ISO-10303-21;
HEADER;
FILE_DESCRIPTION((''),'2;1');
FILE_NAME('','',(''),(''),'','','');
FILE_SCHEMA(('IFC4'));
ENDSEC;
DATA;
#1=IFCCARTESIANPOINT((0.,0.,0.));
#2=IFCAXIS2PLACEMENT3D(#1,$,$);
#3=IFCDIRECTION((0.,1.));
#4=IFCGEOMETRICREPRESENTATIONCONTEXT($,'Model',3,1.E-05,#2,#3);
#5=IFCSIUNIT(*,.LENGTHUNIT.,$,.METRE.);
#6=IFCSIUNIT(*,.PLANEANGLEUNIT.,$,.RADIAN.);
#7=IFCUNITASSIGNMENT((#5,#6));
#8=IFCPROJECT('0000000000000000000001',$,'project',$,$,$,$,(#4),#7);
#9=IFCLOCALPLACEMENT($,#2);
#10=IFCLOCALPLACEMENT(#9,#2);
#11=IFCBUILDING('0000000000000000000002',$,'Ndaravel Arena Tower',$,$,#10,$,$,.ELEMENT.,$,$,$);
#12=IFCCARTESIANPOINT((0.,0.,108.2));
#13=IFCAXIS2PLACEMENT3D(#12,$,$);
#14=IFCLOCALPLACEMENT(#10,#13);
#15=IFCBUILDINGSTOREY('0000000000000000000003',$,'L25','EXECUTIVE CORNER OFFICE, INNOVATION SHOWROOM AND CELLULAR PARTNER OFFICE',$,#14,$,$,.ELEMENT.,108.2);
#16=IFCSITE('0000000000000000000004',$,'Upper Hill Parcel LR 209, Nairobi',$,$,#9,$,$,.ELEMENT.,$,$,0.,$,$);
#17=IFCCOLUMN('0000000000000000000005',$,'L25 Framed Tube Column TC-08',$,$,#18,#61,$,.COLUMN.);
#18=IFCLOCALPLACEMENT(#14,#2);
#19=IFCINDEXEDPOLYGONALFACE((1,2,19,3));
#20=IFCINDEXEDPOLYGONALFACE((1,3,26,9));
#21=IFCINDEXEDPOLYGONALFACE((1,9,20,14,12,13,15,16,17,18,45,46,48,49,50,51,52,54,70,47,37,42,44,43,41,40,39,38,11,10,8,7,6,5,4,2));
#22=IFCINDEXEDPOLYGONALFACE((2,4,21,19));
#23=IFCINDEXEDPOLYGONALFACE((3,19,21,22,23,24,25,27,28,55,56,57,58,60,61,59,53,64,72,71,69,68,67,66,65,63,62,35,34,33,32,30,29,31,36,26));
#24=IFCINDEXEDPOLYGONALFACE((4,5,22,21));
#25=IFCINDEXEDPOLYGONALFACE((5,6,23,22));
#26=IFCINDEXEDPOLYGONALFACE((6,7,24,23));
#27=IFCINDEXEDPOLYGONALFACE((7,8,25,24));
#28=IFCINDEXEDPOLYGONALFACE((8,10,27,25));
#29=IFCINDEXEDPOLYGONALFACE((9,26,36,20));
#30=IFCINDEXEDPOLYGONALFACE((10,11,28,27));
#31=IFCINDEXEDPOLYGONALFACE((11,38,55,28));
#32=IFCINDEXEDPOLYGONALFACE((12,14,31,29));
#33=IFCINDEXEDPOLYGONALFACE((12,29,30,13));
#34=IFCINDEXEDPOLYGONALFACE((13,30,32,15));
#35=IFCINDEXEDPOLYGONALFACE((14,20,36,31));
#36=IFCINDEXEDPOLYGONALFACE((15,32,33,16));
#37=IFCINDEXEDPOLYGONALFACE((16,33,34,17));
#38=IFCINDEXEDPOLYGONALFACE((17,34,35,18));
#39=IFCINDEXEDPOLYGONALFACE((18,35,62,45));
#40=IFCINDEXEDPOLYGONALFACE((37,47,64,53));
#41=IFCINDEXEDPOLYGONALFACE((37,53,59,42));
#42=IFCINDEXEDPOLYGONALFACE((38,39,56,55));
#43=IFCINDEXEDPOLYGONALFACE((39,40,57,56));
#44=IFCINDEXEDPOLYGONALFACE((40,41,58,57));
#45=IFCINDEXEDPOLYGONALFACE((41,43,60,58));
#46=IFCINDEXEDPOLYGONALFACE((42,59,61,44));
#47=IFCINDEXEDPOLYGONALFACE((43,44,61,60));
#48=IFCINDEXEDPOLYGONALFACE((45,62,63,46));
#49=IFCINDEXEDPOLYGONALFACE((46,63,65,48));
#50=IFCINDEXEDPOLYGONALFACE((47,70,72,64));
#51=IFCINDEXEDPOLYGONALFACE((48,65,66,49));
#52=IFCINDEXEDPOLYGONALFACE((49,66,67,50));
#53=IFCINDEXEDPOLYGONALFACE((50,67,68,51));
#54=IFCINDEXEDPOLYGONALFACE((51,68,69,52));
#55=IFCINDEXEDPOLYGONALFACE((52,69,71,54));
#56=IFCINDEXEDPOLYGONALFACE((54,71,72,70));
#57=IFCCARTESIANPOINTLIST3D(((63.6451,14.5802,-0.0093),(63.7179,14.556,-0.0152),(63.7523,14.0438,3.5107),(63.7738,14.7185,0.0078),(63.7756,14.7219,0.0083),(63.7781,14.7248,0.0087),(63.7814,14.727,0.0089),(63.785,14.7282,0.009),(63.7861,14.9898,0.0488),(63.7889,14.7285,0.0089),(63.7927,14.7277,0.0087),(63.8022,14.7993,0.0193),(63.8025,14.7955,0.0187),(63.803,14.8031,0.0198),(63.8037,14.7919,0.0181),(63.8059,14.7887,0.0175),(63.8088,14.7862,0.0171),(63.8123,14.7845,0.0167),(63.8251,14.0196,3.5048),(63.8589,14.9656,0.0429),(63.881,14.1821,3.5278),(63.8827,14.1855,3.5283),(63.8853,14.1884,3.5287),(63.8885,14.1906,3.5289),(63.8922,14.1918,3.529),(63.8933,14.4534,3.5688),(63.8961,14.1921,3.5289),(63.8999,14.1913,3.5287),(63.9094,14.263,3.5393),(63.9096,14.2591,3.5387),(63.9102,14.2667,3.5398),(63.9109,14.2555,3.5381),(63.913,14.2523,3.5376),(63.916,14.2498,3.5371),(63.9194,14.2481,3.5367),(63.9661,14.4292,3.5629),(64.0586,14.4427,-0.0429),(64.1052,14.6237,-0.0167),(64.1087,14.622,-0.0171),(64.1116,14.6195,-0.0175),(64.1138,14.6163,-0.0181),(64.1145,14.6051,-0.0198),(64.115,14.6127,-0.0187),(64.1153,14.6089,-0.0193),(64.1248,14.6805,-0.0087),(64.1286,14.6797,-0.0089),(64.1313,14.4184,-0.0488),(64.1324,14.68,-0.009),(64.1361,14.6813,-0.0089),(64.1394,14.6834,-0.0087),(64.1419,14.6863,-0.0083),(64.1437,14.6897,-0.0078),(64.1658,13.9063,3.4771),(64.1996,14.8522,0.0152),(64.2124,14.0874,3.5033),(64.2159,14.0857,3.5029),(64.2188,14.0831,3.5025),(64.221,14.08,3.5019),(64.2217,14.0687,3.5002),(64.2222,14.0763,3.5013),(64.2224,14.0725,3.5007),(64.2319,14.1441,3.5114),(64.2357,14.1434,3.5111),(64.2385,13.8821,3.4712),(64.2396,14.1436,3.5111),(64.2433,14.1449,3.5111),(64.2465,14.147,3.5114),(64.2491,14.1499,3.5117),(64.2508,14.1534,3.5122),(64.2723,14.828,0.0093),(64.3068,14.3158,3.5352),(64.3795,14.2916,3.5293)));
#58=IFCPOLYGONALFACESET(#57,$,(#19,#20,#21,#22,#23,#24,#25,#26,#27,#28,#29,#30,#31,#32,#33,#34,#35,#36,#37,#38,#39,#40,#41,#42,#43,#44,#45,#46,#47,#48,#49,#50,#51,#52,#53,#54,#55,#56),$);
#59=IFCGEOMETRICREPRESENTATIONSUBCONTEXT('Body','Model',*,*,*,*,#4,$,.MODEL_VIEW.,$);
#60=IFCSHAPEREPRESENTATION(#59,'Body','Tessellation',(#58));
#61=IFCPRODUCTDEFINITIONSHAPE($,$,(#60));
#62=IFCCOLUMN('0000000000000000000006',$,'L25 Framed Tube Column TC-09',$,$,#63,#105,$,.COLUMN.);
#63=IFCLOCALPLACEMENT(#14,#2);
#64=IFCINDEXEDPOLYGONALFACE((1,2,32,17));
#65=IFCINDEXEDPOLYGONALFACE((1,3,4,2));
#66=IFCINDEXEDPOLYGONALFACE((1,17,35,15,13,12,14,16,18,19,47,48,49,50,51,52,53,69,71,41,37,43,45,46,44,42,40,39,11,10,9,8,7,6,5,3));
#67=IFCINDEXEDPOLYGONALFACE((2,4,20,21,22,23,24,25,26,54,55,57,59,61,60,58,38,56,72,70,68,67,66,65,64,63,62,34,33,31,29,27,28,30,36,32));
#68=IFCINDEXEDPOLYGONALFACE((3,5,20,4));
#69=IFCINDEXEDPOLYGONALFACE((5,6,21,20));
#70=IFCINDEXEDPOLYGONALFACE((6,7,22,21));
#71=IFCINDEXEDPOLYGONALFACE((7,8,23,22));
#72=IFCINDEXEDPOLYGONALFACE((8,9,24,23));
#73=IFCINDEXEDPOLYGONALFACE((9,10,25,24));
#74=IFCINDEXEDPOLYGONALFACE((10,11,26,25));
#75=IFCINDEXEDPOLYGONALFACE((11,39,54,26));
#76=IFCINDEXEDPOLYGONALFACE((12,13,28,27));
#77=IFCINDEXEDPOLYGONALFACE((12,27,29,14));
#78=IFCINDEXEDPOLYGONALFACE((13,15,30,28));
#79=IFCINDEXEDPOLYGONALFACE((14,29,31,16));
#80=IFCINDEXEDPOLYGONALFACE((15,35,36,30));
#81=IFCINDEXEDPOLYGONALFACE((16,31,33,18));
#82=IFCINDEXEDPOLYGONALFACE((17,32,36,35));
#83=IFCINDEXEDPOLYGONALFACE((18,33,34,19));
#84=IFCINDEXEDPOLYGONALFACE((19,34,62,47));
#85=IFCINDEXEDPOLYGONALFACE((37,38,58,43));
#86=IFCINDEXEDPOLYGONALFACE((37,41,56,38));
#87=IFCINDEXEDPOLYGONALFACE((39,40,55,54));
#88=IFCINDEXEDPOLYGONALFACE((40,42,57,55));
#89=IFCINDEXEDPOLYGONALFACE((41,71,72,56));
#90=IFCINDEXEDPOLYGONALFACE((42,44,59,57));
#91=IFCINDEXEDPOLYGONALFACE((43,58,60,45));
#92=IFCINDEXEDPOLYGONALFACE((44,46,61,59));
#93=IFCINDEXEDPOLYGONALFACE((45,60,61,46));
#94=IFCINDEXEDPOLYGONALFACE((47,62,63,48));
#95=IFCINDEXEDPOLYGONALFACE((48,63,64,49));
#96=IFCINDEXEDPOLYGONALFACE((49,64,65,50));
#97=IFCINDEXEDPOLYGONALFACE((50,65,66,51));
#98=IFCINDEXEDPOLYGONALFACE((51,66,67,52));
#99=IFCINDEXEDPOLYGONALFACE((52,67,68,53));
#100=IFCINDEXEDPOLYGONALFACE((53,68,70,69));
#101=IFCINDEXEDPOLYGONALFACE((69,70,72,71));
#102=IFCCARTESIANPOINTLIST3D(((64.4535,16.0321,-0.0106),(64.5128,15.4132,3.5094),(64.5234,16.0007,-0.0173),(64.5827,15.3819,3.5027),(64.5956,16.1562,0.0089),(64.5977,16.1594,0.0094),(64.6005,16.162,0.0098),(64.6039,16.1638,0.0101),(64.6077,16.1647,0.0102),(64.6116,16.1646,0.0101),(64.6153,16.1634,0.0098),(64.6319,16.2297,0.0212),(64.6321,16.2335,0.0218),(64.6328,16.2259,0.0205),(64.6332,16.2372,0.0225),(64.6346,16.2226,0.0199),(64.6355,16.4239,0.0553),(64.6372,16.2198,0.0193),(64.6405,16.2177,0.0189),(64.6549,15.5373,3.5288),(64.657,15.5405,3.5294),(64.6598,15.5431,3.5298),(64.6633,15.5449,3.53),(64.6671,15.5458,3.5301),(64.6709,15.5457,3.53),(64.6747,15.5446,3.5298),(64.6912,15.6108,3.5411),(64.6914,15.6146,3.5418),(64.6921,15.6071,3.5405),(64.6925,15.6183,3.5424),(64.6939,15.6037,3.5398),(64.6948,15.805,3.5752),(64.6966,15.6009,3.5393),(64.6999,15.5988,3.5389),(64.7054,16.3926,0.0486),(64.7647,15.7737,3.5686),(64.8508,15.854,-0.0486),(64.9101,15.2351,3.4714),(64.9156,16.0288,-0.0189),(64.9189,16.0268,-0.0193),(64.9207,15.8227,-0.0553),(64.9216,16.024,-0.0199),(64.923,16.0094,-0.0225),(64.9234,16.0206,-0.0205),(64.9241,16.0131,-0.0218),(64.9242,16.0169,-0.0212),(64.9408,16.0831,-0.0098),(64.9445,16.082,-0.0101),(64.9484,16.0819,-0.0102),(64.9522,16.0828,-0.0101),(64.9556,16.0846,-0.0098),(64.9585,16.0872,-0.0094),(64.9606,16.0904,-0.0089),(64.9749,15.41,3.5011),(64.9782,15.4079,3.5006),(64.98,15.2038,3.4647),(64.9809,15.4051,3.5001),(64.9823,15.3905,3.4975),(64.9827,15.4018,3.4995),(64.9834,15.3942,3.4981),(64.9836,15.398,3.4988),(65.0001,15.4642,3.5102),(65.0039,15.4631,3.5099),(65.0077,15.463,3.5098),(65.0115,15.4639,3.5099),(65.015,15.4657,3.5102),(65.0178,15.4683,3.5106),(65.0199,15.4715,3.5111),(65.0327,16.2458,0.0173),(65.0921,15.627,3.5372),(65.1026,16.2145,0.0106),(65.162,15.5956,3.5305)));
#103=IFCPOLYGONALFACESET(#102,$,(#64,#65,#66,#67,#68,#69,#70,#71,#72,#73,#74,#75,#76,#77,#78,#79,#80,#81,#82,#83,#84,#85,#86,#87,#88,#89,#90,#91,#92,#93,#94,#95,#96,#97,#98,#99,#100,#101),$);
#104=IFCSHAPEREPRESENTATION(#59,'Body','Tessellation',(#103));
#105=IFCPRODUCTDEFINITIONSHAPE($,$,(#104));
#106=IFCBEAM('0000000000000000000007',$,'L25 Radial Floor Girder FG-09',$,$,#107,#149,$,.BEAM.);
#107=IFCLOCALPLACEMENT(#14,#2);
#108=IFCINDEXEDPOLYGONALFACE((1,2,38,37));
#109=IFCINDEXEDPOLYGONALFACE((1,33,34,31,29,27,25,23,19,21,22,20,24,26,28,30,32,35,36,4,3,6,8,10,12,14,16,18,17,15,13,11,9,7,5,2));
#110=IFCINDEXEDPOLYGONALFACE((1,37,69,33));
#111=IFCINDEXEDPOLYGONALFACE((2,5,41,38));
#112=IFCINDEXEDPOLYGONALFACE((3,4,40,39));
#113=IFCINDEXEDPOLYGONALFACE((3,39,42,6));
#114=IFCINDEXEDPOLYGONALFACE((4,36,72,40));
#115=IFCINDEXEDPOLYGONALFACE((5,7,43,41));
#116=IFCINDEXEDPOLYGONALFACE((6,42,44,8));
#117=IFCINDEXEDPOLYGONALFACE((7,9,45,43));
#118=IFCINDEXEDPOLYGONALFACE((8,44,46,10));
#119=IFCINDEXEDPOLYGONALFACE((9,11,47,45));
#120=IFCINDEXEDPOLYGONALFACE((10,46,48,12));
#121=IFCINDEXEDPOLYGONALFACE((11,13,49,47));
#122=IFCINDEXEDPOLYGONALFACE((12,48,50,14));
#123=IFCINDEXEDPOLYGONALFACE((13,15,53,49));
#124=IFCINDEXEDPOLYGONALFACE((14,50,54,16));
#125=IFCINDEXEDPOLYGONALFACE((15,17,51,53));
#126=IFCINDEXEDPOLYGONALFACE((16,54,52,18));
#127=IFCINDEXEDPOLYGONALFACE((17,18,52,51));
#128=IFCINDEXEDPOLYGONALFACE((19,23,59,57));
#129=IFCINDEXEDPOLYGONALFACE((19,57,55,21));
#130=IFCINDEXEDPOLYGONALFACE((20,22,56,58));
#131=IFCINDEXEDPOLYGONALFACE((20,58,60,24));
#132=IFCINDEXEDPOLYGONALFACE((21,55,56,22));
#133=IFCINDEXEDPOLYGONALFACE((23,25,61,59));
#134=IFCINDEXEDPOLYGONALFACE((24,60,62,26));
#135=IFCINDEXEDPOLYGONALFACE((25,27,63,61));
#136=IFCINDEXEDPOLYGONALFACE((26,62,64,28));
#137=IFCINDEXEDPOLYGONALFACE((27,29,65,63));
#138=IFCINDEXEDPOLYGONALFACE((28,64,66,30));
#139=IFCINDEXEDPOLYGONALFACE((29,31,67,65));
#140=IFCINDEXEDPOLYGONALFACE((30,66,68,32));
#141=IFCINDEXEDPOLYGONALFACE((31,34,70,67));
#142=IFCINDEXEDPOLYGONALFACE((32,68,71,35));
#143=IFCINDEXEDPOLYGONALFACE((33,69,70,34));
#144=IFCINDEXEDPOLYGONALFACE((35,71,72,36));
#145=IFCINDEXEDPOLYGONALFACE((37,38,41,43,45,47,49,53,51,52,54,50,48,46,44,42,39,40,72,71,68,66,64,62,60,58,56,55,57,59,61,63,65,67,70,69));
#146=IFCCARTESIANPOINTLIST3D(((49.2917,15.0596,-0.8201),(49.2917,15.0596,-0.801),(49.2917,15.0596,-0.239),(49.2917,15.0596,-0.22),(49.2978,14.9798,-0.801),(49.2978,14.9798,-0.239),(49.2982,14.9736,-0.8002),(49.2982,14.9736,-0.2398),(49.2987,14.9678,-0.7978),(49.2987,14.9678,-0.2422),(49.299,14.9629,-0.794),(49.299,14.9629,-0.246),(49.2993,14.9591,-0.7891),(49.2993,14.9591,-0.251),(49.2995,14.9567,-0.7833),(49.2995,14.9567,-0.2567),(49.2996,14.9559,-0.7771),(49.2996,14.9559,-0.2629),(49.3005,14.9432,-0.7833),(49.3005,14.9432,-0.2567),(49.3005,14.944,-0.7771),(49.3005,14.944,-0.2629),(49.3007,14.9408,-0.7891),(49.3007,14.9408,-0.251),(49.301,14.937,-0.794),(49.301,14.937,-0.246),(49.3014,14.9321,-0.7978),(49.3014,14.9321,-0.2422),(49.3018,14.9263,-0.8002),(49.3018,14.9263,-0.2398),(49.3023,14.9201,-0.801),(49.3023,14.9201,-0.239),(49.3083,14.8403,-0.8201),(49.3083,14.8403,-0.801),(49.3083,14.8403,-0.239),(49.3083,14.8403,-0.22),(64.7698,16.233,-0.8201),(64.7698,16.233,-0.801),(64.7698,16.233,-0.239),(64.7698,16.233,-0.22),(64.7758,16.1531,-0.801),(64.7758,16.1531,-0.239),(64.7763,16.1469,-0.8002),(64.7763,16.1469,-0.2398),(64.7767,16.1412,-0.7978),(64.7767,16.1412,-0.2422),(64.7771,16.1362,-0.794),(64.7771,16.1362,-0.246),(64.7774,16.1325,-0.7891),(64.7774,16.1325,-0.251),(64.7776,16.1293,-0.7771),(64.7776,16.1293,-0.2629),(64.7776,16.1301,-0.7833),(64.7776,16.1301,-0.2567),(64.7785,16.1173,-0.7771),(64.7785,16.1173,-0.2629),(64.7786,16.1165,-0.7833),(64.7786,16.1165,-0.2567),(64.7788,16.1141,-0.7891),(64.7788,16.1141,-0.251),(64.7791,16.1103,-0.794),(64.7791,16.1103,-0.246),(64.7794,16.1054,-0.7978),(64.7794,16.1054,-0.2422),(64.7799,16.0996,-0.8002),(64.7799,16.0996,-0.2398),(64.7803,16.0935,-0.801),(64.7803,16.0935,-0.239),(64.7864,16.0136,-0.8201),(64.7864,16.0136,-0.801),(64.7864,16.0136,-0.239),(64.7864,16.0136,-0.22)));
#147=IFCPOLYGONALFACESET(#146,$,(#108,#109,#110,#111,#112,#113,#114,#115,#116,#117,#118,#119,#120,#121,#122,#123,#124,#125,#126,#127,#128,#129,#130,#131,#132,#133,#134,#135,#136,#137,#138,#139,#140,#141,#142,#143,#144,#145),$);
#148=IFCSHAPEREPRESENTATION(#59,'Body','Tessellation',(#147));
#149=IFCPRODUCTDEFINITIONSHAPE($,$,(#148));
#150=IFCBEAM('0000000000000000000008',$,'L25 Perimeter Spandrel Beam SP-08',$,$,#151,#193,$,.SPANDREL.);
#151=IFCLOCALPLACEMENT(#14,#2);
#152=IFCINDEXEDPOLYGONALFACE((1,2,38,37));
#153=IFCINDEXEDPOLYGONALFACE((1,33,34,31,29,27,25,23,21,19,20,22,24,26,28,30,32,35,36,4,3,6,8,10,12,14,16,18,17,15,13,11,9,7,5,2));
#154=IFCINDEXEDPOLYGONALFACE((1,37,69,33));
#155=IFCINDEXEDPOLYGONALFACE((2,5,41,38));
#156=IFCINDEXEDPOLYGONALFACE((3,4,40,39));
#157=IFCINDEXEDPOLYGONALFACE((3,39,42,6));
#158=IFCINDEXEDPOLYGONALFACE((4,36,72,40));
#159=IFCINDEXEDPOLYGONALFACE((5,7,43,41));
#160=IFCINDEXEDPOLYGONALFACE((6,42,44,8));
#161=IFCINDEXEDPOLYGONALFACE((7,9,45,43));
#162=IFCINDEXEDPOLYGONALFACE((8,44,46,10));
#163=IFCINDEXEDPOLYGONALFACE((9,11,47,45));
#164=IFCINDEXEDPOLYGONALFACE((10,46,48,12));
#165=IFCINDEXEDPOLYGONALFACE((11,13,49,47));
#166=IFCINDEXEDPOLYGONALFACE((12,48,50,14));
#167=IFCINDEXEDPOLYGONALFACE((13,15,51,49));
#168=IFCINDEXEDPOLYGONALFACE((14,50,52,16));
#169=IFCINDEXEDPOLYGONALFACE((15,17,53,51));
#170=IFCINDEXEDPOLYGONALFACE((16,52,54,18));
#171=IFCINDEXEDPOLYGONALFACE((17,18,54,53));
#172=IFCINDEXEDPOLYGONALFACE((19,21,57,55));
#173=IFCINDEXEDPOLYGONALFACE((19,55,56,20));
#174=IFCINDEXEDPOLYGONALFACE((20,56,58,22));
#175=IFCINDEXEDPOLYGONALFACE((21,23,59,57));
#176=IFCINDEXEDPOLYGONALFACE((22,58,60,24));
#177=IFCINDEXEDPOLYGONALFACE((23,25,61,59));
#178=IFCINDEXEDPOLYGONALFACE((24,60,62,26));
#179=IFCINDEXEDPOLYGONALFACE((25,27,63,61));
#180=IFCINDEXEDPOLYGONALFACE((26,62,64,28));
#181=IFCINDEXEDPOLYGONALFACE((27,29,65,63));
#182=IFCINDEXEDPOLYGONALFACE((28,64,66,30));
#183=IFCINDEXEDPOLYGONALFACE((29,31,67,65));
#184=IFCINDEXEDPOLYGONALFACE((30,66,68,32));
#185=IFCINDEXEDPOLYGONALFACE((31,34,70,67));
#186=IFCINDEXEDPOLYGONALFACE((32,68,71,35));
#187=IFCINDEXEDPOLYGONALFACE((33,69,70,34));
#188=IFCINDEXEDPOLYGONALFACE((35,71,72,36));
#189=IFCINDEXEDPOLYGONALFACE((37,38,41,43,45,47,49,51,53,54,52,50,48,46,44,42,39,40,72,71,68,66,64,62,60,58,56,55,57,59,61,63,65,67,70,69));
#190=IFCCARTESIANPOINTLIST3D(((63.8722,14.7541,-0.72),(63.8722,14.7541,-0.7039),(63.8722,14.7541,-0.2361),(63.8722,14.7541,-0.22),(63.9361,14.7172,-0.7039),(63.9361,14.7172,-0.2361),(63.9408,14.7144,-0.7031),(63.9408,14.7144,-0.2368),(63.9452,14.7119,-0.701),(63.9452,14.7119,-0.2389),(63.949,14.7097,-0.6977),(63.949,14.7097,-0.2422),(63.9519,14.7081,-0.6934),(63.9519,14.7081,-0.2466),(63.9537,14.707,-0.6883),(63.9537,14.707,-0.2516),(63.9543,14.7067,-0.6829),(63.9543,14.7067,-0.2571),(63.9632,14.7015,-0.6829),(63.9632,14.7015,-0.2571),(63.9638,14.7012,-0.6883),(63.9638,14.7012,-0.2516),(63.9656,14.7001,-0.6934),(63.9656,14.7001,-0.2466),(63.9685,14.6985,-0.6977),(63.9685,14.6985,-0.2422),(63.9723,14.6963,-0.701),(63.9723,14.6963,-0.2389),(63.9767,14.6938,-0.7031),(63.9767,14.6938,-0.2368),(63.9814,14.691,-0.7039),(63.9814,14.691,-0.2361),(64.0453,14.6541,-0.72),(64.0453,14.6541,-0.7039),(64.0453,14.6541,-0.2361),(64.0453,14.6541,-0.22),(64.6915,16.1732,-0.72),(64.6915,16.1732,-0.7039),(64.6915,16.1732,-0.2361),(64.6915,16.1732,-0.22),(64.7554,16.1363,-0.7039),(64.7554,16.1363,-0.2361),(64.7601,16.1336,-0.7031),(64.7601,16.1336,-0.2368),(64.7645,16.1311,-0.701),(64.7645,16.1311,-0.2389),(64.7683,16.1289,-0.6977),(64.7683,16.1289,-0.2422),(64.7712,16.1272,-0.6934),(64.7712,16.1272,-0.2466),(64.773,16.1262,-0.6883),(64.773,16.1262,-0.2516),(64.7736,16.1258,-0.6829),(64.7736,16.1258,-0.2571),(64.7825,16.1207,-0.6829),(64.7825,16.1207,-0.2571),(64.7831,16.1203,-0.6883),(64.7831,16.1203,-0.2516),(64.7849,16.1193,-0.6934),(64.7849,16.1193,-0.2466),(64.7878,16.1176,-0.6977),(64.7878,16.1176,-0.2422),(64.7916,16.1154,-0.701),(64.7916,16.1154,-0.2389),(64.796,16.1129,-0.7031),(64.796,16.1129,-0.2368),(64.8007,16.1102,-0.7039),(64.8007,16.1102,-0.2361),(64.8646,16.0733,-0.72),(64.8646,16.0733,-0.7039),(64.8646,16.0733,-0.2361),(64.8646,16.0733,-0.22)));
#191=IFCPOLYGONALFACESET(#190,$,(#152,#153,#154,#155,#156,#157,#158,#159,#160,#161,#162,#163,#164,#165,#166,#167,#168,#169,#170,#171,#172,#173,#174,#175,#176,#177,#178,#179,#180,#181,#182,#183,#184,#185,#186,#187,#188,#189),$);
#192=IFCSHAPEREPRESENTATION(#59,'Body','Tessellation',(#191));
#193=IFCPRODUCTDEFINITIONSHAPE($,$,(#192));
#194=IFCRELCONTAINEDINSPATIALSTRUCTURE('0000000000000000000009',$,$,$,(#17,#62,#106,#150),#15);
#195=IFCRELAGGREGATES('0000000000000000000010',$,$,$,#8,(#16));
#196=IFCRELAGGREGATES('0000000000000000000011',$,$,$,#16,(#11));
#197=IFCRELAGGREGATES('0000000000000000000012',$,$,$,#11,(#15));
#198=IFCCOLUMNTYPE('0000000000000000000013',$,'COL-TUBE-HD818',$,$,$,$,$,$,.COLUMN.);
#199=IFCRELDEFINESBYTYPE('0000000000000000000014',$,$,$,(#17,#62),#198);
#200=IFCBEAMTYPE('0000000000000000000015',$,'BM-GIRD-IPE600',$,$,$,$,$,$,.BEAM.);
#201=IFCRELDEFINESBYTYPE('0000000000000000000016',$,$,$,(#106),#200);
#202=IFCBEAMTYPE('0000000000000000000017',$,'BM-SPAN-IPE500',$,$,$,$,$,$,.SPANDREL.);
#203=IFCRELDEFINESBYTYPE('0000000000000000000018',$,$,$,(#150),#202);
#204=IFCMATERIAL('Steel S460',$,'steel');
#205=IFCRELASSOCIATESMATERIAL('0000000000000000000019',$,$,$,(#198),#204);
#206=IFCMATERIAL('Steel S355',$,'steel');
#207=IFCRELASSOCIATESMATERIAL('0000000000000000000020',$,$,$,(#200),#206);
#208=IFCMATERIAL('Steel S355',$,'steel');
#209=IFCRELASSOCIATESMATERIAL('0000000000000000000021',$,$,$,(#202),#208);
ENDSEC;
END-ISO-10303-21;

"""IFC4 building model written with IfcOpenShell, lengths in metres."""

from ifc_helpers import new_model, si_unit, direction, frame, origin, origin_2d, place, context, subcontext, project, spatial, i_section, extrude, material, material_profile, profile_set, type_object, element, save


model = new_model("IFC4")

# Units and contexts
model_context = context("Model", 3, precision=1e-05, world=origin(), true_north=direction((0.0, 1.0)))
body_context = subcontext(model_context, "Body", "Model", "MODEL_VIEW")
ifc_project = project(units=[si_unit("LENGTHUNIT", "METRE"), si_unit("PLANEANGLEUNIT", "RADIAN")], contexts=[model_context])

# Site, building, storey
site_placement = place(None, origin())
site = spatial("IfcSite", under=ifc_project, at=site_placement, Name="Upper Hill Parcel LR 209, Nairobi", CompositionType="ELEMENT", RefElevation=0.0)
building_placement = place(site_placement, origin())
building = spatial("IfcBuilding", under=site, at=building_placement, Name="Ndaravel Arena Tower", CompositionType="ELEMENT")
storey_placement = place(building_placement, frame((0.0, 0.0, 108.2)))
storey = spatial("IfcBuildingStorey", under=building, at=storey_placement, Name="L25", Description="EXECUTIVE CORNER OFFICE, INNOVATION SHOWROOM AND CELLULAR PARTNER OFFICE", CompositionType="ELEMENT", Elevation=108.2)

# Columns
ifc_material_1 = material(Name="Steel S460", Category="steel")
ifc_material_profile_1 = material_profile(ifc_material_1, i_section(OverallWidth=0.437, OverallDepth=0.5139, WebThickness=0.0605, FlangeThickness=0.0769, FilletRadius=0.0149, at=origin_2d()), Name="HD 400x818")
ifc_profile_set_1 = profile_set([ifc_material_profile_1], Name="Steel S460")
column_type = type_object("IfcColumnType", Name="COL-TUBE-HD818", PredefinedType="COLUMN", material=ifc_profile_set_1)
column_1_placement = place(storey_placement, frame((63.9587, 14.7041, 0.0), z_axis=(0.030087, -0.150572, 0.988141), x_axis=(0.322627, 0.937139, 0.132977)))
element("IfcColumn", 1, at=column_1_placement, inside=storey, type_object=column_type, Name="L25 Framed Tube Column TC-08", PredefinedType="COLUMN", context=body_context, shape_type="SweptSolid", body=[
    extrude(i_section(OverallWidth=0.437, OverallDepth=0.5139, WebThickness=0.0605, FlangeThickness=0.0769, FilletRadius=0.0149, at=origin_2d()), origin(), (0.0, 0.0, 1.0), 3.5623),
])
column_2_placement = place(storey_placement, frame((64.7781, 16.1233, 0.0), z_axis=(0.016597, -0.173142, 0.984757), x_axis=(0.416341, 0.896644, 0.150633)))
element("IfcColumn", 2, at=column_2_placement, inside=storey, type_object=column_type, Name="L25 Framed Tube Column TC-09", PredefinedType="COLUMN", context=body_context, shape_type="SweptSolid", body=[
    extrude(i_section(OverallWidth=0.437, OverallDepth=0.5139, WebThickness=0.0605, FlangeThickness=0.0769, FilletRadius=0.0149, at=origin_2d()), origin(), (0.0, 0.0, 1.0), 3.5745),
])

# Beams
ifc_material_2 = material(Name="Steel S355", Category="steel")
ifc_material_profile_2 = material_profile(ifc_material_2, i_section(OverallWidth=0.22, OverallDepth=0.6001, WebThickness=0.012, FlangeThickness=0.019, FilletRadius=0.0239, at=origin_2d()), Name="IPE 600")
ifc_profile_set_2 = profile_set([ifc_material_profile_2], Name="Steel S355")
beam_type_1 = type_object("IfcBeamType", Name="BM-GIRD-IPE600", PredefinedType="BEAM", material=ifc_profile_set_2)
beam_1_placement = place(storey_placement, frame((64.7781, 16.1233, -0.52), z_axis=(-0.997139, -0.07559, 0.0), x_axis=(0.07559, -0.997139, 0.0)))
element("IfcBeam", 3, at=beam_1_placement, inside=storey, type_object=beam_type_1, Name="L25 Radial Floor Girder FG-09", PredefinedType="BEAM", context=body_context, shape_type="SweptSolid", body=[
    extrude(i_section(OverallWidth=0.22, OverallDepth=0.6001, WebThickness=0.012, FlangeThickness=0.019, FilletRadius=0.0239, at=origin_2d()), origin(), (0.0, 0.0, 1.0), 15.5225),
])
ifc_material_3 = material(Name="Steel S355", Category="steel")
ifc_material_profile_3 = material_profile(ifc_material_3, i_section(OverallWidth=0.2, OverallDepth=0.5, WebThickness=0.0103, FlangeThickness=0.0161, FilletRadius=0.021, at=origin_2d()), Name="IPE 500")
ifc_profile_set_3 = profile_set([ifc_material_profile_3], Name="Steel S355")
beam_type_2 = type_object("IfcBeamType", Name="BM-SPAN-IPE500", PredefinedType="SPANDREL", material=ifc_profile_set_3)
beam_2_placement = place(storey_placement, frame((63.9587, 14.7041, -0.47), z_axis=(0.499985, 0.866034, 0.0), x_axis=(-0.866034, 0.499985, 0.0)))
element("IfcBeam", 4, at=beam_2_placement, inside=storey, type_object=beam_type_2, Name="L25 Perimeter Spandrel Beam SP-08", PredefinedType="SPANDREL", context=body_context, shape_type="SweptSolid", body=[
    extrude(i_section(OverallWidth=0.2, OverallDepth=0.5, WebThickness=0.0103, FlangeThickness=0.0161, FilletRadius=0.021, at=origin_2d()), origin(), (0.0, 0.0, 1.0), 1.6387),
])

save(model, "model.ifc")
